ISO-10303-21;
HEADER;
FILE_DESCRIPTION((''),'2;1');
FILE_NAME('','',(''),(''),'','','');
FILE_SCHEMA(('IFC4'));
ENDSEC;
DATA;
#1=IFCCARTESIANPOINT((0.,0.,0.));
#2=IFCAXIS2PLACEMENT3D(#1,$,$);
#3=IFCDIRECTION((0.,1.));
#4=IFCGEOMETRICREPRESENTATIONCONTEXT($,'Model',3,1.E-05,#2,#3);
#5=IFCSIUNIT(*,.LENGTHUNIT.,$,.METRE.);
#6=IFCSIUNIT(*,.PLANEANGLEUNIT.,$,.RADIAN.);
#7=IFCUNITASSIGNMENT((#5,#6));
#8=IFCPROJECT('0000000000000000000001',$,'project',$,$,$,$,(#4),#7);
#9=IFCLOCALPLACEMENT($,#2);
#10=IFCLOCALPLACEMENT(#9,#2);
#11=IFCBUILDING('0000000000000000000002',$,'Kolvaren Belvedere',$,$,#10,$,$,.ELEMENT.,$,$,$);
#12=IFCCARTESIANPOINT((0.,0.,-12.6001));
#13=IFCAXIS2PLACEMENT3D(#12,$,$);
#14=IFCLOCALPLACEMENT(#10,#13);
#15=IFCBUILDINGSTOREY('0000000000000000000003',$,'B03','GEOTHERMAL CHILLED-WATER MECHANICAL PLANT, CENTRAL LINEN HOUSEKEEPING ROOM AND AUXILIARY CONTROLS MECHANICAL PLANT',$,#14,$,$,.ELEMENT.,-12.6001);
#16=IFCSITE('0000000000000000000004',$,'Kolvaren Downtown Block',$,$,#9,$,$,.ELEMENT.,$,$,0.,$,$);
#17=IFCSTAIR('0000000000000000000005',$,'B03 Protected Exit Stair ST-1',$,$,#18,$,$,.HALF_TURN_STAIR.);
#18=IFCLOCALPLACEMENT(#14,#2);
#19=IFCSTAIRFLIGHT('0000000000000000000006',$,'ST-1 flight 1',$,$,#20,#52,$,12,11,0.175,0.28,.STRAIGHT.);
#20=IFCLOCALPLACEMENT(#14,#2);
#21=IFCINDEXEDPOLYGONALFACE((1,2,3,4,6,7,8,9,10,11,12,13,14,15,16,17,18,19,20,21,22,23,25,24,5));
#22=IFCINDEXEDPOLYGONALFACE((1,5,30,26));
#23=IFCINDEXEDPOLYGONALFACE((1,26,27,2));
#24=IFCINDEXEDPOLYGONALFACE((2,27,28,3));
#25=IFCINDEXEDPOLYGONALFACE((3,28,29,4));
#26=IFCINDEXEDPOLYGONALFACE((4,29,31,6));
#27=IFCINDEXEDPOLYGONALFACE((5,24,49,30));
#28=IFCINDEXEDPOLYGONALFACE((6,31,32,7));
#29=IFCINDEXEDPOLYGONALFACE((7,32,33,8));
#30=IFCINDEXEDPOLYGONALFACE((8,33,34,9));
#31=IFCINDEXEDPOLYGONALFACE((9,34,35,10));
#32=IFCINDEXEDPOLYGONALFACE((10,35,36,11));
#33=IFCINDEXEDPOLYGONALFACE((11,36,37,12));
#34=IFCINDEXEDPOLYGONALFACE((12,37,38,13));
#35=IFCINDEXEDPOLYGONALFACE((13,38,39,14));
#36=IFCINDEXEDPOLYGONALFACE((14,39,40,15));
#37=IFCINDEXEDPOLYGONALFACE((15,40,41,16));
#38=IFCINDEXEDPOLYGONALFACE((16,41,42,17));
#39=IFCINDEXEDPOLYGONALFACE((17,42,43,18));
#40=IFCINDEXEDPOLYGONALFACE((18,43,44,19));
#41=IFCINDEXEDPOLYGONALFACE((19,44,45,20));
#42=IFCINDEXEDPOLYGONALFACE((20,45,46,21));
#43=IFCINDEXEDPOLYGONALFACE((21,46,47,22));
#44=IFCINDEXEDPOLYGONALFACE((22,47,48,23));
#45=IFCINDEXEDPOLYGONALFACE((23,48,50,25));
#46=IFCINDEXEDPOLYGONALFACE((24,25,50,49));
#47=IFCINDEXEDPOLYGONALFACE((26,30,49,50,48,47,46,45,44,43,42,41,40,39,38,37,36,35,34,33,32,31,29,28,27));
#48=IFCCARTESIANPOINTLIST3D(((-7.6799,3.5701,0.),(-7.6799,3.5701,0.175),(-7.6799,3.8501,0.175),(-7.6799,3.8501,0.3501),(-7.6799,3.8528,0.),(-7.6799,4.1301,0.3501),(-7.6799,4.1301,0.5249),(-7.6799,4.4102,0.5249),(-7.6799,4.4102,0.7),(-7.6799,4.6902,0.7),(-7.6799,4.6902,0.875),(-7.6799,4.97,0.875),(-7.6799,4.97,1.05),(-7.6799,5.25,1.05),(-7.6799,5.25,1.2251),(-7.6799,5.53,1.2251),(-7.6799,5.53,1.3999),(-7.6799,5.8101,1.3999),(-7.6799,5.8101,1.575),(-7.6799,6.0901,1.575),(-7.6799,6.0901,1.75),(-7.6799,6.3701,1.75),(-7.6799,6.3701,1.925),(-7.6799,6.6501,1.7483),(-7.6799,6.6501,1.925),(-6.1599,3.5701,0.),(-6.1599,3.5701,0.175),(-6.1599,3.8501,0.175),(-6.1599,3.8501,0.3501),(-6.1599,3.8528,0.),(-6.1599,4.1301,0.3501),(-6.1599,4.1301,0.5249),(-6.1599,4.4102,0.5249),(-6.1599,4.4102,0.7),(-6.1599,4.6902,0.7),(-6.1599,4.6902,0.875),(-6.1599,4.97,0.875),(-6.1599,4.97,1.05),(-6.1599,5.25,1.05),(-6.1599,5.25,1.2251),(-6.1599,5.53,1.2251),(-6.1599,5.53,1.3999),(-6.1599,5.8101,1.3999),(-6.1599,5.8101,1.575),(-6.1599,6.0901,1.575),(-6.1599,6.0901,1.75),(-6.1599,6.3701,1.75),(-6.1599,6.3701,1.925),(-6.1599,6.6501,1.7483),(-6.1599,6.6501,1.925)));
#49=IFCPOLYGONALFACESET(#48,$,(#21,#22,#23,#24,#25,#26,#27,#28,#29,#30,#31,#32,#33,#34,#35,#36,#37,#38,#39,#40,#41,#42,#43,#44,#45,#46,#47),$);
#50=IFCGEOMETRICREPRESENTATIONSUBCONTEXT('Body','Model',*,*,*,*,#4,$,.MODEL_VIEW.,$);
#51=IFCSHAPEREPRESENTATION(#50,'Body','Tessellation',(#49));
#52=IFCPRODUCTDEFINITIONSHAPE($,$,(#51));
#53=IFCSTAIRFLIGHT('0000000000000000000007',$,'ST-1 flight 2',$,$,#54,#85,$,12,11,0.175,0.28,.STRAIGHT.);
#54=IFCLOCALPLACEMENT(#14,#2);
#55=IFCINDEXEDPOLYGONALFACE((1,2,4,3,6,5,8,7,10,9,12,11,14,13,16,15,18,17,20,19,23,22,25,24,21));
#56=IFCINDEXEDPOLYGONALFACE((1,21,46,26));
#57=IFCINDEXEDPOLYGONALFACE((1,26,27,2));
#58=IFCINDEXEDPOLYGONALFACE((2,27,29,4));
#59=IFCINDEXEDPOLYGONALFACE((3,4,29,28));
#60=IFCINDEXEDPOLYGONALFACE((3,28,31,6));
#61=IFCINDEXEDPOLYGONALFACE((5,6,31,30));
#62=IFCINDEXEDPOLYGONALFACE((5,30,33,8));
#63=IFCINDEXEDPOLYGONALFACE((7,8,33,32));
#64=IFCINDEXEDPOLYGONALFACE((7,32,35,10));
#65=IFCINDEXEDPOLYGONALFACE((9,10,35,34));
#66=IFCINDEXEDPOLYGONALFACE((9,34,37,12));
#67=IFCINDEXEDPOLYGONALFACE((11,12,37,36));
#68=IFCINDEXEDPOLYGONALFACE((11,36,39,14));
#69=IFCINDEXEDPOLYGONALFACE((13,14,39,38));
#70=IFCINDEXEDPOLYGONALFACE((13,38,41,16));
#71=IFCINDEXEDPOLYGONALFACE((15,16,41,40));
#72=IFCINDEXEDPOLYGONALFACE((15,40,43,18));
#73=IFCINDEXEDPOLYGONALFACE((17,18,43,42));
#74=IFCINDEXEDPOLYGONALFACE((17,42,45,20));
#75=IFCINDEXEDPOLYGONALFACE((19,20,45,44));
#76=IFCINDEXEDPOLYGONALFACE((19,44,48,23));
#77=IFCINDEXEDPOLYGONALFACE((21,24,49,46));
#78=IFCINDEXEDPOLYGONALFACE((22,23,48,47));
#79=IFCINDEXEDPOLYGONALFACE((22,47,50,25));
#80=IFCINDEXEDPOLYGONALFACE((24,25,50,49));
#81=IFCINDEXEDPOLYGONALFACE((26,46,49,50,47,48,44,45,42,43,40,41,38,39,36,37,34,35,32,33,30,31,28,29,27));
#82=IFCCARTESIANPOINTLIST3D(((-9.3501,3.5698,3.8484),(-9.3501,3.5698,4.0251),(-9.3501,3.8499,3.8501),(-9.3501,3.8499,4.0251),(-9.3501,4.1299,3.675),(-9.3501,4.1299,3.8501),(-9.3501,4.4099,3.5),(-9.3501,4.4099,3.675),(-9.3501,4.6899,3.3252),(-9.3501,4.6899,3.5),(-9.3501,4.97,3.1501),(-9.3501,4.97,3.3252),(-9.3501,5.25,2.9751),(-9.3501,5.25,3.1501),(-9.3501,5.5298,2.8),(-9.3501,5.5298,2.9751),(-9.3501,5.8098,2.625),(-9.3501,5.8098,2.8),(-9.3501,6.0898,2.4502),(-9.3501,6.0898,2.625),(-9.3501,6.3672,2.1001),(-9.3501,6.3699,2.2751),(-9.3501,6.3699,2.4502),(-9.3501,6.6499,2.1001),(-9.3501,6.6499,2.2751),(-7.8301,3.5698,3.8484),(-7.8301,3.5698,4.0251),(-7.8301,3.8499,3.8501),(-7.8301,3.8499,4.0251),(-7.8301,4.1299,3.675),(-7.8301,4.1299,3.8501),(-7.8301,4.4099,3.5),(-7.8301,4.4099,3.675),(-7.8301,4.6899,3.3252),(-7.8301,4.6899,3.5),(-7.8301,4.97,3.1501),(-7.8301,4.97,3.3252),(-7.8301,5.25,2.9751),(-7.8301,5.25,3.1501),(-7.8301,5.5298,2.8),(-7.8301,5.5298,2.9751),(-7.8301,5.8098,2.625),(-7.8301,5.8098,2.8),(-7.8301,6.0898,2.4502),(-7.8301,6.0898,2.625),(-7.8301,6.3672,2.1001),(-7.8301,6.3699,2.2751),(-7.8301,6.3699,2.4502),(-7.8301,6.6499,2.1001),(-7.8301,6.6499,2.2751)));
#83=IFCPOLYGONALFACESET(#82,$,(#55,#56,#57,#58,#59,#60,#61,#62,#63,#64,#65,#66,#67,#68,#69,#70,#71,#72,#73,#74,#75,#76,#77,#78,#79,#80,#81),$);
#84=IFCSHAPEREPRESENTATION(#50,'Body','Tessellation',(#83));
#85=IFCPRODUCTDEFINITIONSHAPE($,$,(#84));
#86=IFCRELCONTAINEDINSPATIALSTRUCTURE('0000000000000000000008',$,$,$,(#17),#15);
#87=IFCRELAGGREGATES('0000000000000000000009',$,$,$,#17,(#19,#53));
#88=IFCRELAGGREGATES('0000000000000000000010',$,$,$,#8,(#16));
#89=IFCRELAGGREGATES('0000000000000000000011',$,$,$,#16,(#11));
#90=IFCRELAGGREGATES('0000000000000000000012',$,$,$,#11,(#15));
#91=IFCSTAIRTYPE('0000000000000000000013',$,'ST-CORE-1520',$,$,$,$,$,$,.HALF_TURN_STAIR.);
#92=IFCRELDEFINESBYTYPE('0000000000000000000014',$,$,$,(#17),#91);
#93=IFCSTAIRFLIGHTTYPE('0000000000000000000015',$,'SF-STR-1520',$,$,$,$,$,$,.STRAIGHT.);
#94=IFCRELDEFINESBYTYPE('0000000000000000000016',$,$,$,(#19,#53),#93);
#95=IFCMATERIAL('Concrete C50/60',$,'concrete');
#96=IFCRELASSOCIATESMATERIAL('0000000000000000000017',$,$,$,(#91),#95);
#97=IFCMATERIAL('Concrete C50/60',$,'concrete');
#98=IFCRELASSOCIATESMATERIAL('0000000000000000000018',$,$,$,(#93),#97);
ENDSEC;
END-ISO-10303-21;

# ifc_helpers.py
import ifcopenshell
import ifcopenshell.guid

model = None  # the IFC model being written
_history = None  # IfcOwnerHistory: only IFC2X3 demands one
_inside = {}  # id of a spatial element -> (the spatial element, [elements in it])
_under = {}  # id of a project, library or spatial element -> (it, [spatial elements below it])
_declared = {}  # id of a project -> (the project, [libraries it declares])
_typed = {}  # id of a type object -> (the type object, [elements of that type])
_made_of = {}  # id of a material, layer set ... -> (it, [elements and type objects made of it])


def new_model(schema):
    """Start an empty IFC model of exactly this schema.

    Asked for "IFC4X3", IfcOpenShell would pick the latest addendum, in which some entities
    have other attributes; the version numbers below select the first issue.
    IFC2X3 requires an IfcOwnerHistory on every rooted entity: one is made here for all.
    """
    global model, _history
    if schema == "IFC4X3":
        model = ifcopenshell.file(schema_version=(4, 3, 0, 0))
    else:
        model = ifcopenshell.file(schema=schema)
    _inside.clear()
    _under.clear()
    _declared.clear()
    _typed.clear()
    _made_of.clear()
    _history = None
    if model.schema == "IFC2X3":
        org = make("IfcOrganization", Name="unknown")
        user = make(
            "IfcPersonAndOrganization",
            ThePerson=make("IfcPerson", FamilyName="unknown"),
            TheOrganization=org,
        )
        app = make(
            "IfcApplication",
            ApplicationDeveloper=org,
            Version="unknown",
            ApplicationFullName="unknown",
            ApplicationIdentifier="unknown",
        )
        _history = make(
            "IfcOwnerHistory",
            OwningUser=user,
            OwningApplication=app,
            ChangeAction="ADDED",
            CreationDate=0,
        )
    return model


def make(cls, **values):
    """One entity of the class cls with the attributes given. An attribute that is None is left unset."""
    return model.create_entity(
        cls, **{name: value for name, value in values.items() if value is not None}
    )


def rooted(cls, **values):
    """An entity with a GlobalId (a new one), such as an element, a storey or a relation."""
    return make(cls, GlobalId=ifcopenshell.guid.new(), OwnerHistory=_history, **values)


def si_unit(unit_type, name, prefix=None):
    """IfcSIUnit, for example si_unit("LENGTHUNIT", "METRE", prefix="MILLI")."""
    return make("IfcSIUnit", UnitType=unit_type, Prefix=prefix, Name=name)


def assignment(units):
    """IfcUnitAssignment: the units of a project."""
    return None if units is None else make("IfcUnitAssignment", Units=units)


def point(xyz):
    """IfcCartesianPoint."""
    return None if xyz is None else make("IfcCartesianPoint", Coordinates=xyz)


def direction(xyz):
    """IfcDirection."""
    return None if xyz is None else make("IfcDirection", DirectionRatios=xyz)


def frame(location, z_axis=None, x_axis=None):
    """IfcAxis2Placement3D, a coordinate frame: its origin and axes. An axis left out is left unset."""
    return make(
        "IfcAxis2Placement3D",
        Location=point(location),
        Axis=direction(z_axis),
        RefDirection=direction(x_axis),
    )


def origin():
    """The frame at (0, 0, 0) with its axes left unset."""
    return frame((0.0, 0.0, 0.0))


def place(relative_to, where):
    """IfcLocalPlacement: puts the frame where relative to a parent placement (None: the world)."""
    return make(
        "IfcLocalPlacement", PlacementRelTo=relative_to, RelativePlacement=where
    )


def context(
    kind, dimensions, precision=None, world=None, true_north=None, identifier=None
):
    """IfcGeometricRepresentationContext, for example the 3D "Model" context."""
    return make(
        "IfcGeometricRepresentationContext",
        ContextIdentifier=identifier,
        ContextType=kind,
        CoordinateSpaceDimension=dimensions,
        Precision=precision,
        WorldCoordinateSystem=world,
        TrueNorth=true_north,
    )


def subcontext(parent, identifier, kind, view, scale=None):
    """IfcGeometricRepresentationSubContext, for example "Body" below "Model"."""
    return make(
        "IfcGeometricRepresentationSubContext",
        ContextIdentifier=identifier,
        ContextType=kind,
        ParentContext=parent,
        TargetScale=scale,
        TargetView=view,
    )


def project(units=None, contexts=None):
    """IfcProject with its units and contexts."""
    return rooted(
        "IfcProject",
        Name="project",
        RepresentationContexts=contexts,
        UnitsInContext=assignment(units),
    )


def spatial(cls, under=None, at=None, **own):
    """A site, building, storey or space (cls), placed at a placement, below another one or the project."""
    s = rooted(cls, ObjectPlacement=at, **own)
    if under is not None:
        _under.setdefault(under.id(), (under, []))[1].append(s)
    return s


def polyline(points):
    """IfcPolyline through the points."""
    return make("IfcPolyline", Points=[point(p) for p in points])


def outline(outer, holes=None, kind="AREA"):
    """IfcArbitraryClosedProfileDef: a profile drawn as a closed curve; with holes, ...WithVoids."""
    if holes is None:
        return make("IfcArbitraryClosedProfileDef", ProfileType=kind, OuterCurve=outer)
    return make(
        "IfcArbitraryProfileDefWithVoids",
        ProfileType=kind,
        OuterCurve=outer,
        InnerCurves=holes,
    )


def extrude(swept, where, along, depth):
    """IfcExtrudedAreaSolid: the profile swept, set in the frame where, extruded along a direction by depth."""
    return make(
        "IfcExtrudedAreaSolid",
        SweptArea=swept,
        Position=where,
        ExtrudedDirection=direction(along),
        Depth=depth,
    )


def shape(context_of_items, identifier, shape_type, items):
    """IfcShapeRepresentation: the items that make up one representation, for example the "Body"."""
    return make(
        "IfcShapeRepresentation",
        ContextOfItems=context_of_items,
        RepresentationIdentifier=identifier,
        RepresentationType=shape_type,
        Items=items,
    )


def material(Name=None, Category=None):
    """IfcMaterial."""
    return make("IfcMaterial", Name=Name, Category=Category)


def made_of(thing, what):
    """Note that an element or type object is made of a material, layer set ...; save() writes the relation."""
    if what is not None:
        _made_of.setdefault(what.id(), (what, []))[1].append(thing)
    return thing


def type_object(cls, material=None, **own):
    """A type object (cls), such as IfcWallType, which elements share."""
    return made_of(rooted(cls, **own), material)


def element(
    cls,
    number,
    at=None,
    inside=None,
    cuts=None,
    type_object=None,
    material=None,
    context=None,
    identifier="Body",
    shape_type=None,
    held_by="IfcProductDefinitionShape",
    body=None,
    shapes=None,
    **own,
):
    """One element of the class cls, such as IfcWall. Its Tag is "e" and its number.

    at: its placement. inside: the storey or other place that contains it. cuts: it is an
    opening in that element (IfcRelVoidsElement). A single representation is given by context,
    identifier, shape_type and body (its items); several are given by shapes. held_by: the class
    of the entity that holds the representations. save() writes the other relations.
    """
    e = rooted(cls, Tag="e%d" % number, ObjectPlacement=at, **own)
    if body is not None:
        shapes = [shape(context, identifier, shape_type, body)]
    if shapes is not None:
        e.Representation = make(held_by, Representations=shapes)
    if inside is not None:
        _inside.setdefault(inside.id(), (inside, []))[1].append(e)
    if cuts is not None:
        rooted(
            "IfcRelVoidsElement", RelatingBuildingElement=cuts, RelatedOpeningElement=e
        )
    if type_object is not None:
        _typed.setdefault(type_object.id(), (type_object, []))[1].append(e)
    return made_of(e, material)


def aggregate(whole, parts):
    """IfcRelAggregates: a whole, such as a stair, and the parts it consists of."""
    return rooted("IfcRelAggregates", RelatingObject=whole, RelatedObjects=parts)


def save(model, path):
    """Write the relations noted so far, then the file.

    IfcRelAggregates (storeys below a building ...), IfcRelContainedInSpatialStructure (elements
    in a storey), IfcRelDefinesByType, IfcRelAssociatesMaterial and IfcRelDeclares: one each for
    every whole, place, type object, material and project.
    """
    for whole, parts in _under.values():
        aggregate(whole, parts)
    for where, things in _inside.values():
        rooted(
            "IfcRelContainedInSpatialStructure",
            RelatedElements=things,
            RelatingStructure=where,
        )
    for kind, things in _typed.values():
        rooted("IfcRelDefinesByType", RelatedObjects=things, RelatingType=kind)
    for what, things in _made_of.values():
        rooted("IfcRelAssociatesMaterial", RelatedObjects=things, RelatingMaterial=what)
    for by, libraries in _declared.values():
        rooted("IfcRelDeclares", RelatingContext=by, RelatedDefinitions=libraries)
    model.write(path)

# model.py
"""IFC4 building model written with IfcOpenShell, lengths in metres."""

from ifc_helpers import new_model, si_unit, direction, frame, origin, place, context, subcontext, project, spatial, polyline, outline, extrude, material, type_object, element, aggregate, save


model = new_model("IFC4")

# Units and contexts
model_context = context("Model", 3, precision=1e-05, world=origin(), true_north=direction((0.0, 1.0)))
body_context = subcontext(model_context, "Body", "Model", "MODEL_VIEW")
ifc_project = project(units=[si_unit("LENGTHUNIT", "METRE"), si_unit("PLANEANGLEUNIT", "RADIAN")], contexts=[model_context])

# Site, building, storey
site_placement = place(None, origin())
site = spatial("IfcSite", under=ifc_project, at=site_placement, Name="Kolvaren Downtown Block", CompositionType="ELEMENT", RefElevation=0.0)
building_placement = place(site_placement, origin())
building = spatial("IfcBuilding", under=site, at=building_placement, Name="Kolvaren Belvedere", CompositionType="ELEMENT")
storey_placement = place(building_placement, frame((0.0, 0.0, -12.6001)))
storey = spatial("IfcBuildingStorey", under=building, at=storey_placement, Name="B03", Description="GEOTHERMAL CHILLED-WATER MECHANICAL PLANT, CENTRAL LINEN HOUSEKEEPING ROOM AND AUXILIARY CONTROLS MECHANICAL PLANT", CompositionType="ELEMENT", Elevation=-12.6001)

# Stair, stair flights
ifc_material_1 = material(Name="Concrete C50/60", Category="concrete")
stair_type = type_object("IfcStairType", Name="ST-CORE-1520", PredefinedType="HALF_TURN_STAIR", material=ifc_material_1)
stair_placement = place(storey_placement, origin())
stair = element("IfcStair", 1, at=stair_placement, inside=storey, type_object=stair_type, Name="B03 Protected Exit Stair ST-1", PredefinedType="HALF_TURN_STAIR")
ifc_material_2 = material(Name="Concrete C50/60", Category="concrete")
stair_flight_type = type_object("IfcStairFlightType", Name="SF-STR-1520", PredefinedType="STRAIGHT", material=ifc_material_2)
stair_flight_1_placement = place(storey_placement, frame((-6.9199, 3.5701, 0.0), z_axis=(0.0, 0.0, 1.0), x_axis=(0.0, 1.0, 0.0)))
stair_flight_1 = element("IfcStairFlight", 2, at=stair_flight_1_placement, type_object=stair_flight_type, Name="ST-1 flight 1", NumberOfRisers=12, NumberOfTreads=11, PredefinedType="STRAIGHT", RiserHeight=0.175, TreadLength=0.28, context=body_context, shape_type="SweptSolid", body=[
    extrude(outline(polyline([(0.0, 0.0), (0.0, 0.175), (0.28, 0.175), (0.28, 0.3501), (0.5601, 0.3501), (0.5601, 0.5249), (0.8401, 0.5249), (0.8401, 0.7), (1.1201, 0.7), (1.1201, 0.875), (1.3999, 0.875), (1.3999, 1.05), (1.6799, 1.05), (1.6799, 1.2251), (1.96, 1.2251), (1.96, 1.3999), (2.24, 1.3999), (2.24, 1.575), (2.52, 1.575), (2.52, 1.75), (2.8, 1.75), (2.8, 1.925), (3.0801, 1.925), (3.0801, 2.1001), (3.0801, 1.7483), (0.2827, 0.0), (0.0, 0.0)])), frame((0.0, 0.76, 0.0), z_axis=(0.0, -1.0, 0.0), x_axis=(1.0, 0.0, 0.0)), (0.0, 0.0, 1.0), 1.52),
])
stair_flight_2_placement = place(storey_placement, frame((-8.5901, 6.6499, 2.1001), z_axis=(0.0, 0.0, 1.0), x_axis=(0.0, -1.0, 0.0)))
stair_flight_2 = element("IfcStairFlight", 3, at=stair_flight_2_placement, type_object=stair_flight_type, Name="ST-1 flight 2", NumberOfRisers=12, NumberOfTreads=11, PredefinedType="STRAIGHT", RiserHeight=0.175, TreadLength=0.28, context=body_context, shape_type="SweptSolid", body=[
    extrude(outline(polyline([(0.0, 0.0), (0.0, 0.175), (0.28, 0.175), (0.28, 0.3501), (0.5601, 0.3501), (0.5601, 0.5249), (0.8401, 0.5249), (0.8401, 0.7), (1.1201, 0.7), (1.1201, 0.875), (1.3999, 0.875), (1.3999, 1.05), (1.6799, 1.05), (1.6799, 1.2251), (1.96, 1.2251), (1.96, 1.3999), (2.24, 1.3999), (2.24, 1.575), (2.52, 1.575), (2.52, 1.75), (2.8, 1.75), (2.8, 1.925), (3.0801, 1.925), (3.0801, 2.1001), (3.0801, 1.7483), (0.2827, 0.0), (0.0, 0.0)])), frame((0.0, 0.76, 0.0), z_axis=(0.0, -1.0, 0.0), x_axis=(1.0, 0.0, 0.0)), (0.0, 0.0, 1.0), 1.52),
])
aggregate(stair, [stair_flight_1, stair_flight_2])

save(model, "model.ifc")
